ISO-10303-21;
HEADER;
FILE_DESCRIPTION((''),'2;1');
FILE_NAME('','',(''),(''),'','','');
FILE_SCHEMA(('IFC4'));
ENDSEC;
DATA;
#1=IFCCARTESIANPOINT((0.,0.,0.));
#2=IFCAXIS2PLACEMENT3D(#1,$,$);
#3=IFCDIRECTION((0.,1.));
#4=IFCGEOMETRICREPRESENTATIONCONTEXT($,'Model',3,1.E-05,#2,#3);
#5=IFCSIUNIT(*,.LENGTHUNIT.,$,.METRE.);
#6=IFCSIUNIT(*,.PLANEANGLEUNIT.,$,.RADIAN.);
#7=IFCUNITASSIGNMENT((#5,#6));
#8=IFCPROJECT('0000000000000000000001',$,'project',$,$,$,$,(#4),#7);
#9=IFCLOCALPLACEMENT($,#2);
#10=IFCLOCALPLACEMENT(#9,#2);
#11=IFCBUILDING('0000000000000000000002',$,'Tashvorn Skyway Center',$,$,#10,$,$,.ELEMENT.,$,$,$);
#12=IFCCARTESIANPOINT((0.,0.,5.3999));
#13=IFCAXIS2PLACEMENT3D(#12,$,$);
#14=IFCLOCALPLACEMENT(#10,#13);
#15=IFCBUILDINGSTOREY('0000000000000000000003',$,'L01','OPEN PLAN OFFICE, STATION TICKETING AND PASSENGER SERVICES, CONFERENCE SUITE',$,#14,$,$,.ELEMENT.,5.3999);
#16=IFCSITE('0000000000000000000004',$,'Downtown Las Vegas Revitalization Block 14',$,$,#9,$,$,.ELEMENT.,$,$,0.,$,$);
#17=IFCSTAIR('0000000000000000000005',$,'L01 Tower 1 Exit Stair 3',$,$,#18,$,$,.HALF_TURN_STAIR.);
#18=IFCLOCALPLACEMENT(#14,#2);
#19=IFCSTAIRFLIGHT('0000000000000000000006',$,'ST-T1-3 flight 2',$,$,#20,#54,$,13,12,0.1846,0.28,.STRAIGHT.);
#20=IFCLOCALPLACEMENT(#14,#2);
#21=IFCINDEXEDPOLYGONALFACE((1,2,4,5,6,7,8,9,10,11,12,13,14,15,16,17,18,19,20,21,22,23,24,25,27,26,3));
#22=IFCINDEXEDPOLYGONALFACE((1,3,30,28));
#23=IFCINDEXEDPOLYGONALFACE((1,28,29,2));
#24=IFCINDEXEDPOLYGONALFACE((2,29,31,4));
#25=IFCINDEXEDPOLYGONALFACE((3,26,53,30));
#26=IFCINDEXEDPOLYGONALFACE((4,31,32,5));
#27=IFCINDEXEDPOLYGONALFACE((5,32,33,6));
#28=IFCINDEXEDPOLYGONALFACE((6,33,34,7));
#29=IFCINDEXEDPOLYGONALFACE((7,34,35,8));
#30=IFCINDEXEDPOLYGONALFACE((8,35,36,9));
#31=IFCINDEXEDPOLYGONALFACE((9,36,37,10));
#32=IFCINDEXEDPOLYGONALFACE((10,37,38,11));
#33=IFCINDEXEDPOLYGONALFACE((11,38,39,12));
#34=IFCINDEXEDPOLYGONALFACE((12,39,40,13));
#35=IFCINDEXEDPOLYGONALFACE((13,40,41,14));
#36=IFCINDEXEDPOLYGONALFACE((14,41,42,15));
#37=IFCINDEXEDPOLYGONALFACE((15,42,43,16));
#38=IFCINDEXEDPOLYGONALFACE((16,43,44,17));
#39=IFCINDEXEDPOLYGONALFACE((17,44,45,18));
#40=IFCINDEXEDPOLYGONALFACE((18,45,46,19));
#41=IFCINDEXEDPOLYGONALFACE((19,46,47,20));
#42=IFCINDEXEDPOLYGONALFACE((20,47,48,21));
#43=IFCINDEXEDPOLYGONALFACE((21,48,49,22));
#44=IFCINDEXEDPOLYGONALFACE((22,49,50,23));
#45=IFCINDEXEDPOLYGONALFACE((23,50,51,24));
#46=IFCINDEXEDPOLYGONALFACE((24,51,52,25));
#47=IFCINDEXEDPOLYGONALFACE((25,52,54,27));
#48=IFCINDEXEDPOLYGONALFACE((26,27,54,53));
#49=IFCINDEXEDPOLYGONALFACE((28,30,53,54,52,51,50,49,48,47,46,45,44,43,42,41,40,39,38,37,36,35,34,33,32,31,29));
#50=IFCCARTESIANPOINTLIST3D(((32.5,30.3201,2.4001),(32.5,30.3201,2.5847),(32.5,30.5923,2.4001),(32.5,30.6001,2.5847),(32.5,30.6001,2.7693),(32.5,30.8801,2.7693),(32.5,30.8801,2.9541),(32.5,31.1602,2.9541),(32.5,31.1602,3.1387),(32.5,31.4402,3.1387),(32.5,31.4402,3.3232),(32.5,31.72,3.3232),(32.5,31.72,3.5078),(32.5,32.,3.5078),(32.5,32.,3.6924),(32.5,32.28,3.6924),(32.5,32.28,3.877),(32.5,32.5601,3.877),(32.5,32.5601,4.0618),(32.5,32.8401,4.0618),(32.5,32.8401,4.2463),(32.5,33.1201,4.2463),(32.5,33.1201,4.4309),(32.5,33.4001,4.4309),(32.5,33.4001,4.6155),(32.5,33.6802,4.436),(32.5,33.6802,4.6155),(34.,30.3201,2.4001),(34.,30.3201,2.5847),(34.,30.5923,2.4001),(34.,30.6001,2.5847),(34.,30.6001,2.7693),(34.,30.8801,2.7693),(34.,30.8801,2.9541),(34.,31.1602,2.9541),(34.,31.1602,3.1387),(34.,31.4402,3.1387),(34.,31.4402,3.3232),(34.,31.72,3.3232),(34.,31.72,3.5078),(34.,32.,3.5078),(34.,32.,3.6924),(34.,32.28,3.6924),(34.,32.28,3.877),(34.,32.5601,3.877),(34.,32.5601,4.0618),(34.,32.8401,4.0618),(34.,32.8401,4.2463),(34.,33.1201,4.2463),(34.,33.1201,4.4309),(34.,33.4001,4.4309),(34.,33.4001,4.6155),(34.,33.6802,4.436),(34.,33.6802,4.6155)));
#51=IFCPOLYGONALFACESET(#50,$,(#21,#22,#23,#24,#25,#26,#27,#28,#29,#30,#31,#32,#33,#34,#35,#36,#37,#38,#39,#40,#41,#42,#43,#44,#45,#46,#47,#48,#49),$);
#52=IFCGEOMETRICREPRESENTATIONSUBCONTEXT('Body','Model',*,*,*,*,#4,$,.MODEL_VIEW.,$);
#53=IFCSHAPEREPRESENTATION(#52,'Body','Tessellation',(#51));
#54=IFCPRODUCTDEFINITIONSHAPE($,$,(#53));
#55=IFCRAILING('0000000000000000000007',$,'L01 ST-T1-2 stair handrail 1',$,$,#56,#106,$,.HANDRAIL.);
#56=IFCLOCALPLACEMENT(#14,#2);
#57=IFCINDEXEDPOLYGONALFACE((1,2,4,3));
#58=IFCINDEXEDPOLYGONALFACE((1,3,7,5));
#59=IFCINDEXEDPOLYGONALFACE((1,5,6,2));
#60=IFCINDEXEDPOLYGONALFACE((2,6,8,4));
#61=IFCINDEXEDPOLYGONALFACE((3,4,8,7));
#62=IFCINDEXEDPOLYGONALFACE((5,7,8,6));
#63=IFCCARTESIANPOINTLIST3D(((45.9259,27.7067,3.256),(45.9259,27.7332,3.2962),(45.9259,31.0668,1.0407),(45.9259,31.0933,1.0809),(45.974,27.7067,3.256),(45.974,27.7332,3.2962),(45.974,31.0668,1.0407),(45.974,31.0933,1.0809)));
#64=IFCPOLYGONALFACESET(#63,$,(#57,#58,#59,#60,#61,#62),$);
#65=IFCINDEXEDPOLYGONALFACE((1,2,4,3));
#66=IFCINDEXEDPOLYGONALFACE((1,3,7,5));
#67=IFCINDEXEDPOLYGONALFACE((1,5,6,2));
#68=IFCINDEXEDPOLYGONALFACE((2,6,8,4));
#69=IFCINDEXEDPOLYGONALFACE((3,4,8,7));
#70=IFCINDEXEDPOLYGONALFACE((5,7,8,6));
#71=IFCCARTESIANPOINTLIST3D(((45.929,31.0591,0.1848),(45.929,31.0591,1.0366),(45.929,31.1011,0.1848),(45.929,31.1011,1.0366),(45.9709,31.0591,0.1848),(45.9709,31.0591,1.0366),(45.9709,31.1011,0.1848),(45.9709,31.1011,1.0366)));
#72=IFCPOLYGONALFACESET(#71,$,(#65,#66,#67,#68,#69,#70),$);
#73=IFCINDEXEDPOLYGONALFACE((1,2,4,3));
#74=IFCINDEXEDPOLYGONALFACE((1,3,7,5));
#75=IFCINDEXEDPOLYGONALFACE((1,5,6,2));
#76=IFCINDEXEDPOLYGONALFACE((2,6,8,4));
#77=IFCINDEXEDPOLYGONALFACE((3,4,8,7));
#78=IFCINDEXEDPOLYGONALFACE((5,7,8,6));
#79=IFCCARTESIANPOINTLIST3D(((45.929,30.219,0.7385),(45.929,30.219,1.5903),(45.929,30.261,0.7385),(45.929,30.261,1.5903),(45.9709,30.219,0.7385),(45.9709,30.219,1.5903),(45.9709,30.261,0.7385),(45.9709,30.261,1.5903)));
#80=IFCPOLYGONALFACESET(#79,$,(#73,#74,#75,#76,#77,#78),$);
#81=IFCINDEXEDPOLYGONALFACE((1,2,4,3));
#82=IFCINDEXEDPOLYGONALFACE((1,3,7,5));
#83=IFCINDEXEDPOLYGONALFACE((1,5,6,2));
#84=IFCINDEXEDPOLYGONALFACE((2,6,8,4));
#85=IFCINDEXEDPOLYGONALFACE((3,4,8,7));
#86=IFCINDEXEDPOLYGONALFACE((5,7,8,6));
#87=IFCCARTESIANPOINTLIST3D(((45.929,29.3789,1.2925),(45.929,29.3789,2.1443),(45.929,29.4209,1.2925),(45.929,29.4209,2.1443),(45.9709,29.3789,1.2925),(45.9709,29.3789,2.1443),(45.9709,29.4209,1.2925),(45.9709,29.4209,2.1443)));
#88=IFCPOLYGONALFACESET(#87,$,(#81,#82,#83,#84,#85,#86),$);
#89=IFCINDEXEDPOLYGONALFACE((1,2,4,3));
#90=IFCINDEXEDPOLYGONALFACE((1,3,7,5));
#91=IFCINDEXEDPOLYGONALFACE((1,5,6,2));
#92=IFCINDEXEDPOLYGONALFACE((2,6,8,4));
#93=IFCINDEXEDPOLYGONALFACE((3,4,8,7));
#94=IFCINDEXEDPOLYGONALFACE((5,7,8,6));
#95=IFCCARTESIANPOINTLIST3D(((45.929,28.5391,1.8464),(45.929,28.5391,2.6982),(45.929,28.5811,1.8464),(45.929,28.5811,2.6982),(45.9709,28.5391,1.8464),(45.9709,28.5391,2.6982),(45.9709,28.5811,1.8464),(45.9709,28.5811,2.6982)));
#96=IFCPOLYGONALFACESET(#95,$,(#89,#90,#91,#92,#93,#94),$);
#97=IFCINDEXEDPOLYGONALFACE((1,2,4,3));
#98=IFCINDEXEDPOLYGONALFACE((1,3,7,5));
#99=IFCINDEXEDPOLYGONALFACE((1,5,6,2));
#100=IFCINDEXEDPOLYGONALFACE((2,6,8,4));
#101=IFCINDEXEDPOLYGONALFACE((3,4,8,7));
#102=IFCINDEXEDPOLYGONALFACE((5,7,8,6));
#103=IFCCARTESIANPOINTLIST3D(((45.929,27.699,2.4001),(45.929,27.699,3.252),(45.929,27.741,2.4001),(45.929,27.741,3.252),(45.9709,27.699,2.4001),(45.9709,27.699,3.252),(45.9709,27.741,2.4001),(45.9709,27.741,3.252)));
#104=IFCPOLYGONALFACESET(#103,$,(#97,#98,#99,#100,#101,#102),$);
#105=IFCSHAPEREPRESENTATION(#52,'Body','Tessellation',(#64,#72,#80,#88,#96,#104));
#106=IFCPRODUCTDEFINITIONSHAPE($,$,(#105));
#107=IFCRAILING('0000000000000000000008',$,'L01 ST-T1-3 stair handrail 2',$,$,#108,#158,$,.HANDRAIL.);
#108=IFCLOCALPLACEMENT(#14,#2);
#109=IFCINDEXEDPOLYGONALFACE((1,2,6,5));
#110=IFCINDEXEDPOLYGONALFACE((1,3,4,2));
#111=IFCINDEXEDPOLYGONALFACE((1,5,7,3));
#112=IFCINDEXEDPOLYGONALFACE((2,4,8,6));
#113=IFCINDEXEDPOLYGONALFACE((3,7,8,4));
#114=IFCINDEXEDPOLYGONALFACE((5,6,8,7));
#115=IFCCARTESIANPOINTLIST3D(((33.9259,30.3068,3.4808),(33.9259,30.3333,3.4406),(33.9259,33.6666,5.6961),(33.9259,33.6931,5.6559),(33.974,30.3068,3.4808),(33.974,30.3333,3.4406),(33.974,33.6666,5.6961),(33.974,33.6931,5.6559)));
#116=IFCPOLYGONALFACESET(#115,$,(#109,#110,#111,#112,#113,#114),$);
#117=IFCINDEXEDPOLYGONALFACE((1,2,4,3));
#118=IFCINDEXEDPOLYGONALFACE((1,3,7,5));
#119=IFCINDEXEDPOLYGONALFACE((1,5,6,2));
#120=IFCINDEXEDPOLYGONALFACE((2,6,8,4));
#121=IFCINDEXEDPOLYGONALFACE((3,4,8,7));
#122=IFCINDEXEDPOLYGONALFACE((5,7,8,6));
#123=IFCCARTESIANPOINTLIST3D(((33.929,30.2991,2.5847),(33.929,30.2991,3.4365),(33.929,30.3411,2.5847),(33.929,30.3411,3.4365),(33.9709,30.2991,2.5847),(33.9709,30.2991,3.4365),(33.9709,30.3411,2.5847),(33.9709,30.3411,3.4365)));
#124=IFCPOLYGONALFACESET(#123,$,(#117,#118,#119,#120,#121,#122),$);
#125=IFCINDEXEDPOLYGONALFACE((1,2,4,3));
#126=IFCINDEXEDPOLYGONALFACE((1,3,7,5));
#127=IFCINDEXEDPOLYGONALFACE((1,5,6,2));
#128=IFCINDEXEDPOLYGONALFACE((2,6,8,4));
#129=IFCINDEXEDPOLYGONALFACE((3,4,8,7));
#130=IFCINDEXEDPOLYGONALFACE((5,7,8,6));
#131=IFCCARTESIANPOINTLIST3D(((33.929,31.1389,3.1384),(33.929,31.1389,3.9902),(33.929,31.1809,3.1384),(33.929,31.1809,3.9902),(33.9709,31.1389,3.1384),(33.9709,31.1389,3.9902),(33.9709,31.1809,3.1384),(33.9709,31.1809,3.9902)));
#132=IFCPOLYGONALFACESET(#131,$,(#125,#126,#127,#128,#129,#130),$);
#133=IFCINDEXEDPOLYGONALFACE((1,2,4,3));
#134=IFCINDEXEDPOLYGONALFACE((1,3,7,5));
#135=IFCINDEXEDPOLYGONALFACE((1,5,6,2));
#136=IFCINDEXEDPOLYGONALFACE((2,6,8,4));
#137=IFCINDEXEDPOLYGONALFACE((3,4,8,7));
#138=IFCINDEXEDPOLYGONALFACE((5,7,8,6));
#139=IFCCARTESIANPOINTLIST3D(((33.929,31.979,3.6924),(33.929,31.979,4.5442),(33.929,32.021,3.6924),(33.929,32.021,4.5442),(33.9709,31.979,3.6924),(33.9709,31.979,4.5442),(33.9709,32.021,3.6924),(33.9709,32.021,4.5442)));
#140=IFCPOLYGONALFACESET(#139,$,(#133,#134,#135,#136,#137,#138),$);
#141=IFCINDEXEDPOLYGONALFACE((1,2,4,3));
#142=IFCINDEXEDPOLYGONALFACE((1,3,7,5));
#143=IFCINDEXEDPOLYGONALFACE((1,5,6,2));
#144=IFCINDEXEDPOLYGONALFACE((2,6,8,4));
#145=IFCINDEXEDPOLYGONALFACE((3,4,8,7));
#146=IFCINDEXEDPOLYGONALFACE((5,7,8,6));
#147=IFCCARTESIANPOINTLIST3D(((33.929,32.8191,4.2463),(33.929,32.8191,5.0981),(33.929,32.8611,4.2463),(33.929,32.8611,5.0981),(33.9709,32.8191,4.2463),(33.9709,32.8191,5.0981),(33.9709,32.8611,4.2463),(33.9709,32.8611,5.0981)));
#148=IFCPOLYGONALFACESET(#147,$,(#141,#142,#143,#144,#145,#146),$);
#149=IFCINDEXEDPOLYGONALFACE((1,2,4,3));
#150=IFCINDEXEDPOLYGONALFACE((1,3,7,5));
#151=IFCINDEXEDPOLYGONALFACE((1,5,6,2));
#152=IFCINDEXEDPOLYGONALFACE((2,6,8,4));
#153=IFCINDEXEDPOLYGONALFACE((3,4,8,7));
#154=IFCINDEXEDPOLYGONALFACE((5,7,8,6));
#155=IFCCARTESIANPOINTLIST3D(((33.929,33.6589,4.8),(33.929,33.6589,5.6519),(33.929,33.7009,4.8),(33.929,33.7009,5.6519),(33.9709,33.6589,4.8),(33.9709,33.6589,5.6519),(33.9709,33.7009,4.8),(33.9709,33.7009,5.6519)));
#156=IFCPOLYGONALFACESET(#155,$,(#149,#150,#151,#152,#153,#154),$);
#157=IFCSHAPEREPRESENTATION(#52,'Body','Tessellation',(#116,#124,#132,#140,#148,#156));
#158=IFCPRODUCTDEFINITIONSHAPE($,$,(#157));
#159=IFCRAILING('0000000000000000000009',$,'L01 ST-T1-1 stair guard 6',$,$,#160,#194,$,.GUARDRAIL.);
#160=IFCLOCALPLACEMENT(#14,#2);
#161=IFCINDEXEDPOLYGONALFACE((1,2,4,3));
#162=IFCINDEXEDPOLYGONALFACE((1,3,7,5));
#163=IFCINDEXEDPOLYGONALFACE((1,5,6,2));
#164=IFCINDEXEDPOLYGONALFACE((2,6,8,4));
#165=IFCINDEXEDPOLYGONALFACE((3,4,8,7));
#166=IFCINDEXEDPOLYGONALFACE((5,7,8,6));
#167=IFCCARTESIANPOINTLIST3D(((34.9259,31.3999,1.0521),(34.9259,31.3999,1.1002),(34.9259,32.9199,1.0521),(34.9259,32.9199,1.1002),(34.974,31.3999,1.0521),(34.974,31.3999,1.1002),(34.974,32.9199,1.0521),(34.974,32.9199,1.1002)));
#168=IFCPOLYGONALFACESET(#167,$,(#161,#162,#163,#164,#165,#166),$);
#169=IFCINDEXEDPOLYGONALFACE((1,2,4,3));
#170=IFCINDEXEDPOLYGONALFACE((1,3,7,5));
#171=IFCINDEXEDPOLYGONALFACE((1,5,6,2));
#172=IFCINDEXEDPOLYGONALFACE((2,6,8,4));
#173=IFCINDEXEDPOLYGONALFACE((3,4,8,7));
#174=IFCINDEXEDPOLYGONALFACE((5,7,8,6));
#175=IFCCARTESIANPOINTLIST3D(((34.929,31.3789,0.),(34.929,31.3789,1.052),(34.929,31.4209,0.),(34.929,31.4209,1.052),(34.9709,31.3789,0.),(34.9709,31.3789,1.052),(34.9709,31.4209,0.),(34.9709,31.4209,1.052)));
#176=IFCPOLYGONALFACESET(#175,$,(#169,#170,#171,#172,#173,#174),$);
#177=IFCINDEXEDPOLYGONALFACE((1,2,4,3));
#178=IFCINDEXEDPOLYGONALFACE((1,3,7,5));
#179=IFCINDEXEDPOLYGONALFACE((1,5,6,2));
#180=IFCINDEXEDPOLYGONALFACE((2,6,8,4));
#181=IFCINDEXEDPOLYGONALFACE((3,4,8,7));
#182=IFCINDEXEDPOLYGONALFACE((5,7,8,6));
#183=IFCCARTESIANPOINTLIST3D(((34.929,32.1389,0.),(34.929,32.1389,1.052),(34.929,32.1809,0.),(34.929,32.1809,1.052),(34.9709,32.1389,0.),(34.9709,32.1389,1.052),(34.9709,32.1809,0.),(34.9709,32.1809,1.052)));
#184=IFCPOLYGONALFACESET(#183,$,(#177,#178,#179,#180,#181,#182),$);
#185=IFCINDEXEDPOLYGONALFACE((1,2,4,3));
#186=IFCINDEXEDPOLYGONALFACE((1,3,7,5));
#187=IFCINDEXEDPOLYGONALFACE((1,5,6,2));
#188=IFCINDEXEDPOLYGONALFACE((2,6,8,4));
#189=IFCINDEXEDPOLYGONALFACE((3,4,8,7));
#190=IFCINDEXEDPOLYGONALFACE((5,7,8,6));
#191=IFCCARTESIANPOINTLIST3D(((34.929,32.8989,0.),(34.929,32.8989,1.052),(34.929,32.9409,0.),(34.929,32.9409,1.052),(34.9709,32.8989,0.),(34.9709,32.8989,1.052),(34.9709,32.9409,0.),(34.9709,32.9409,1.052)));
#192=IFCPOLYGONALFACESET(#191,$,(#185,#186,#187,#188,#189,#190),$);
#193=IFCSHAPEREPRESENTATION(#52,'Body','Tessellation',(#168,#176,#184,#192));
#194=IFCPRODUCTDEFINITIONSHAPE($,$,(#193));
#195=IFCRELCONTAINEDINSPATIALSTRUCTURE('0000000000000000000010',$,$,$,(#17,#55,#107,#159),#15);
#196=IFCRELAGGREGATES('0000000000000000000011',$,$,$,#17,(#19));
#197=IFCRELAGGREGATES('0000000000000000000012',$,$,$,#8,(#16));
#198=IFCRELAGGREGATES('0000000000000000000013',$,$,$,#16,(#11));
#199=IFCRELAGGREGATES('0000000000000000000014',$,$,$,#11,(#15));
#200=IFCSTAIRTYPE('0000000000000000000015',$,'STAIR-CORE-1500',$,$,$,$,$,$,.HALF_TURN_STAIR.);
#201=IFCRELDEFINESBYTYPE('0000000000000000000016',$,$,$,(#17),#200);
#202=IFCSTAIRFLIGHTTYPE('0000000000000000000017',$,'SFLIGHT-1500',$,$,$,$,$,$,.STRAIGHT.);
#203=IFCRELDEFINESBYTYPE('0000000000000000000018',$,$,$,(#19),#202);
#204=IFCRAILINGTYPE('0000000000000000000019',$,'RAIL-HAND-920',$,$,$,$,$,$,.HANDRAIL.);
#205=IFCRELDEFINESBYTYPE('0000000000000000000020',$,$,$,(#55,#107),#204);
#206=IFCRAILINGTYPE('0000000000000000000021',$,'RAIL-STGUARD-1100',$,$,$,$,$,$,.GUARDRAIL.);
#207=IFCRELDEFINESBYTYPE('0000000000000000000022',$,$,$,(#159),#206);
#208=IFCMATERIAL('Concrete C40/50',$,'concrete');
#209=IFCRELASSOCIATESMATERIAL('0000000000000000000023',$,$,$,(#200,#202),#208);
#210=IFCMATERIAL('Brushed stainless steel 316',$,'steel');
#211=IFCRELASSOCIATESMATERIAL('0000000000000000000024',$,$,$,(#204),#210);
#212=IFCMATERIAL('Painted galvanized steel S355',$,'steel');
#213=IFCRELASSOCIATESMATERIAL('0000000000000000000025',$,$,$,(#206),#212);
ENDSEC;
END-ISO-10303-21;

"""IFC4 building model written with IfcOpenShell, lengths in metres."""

from ifc_helpers import new_model, si_unit, direction, frame, origin, origin_2d, place, context, subcontext, project, spatial, polyline, rectangle, outline, extrude, material, type_object, element, aggregate, save


model = new_model("IFC4")

# Units and contexts
model_context = context("Model", 3, precision=1e-05, world=origin(), true_north=direction((0.0, 1.0)))
body_context = subcontext(model_context, "Body", "Model", "MODEL_VIEW")
ifc_project = project(units=[si_unit("LENGTHUNIT", "METRE"), si_unit("PLANEANGLEUNIT", "RADIAN")], contexts=[model_context])

# Site, building, storey
site_placement = place(None, origin())
site = spatial("IfcSite", under=ifc_project, at=site_placement, Name="Downtown Las Vegas Revitalization Block 14", CompositionType="ELEMENT", RefElevation=0.0)
building_placement = place(site_placement, origin())
building = spatial("IfcBuilding", under=site, at=building_placement, Name="Tashvorn Skyway Center", CompositionType="ELEMENT")
storey_placement = place(building_placement, frame((0.0, 0.0, 5.3999)))
storey = spatial("IfcBuildingStorey", under=building, at=storey_placement, Name="L01", Description="OPEN PLAN OFFICE, STATION TICKETING AND PASSENGER SERVICES, CONFERENCE SUITE", CompositionType="ELEMENT", Elevation=5.3999)

# Shared definitions
ifc_material_1 = material(Name="Concrete C40/50", Category="concrete")

# Stair, stair flight
stair_type = type_object("IfcStairType", Name="STAIR-CORE-1500", PredefinedType="HALF_TURN_STAIR", material=ifc_material_1)
stair_flight_type = type_object("IfcStairFlightType", Name="SFLIGHT-1500", PredefinedType="STRAIGHT", material=ifc_material_1)
stair_1_placement = place(storey_placement, origin())
stair_1 = element("IfcStair", 1, at=stair_1_placement, inside=storey, type_object=stair_type, Name="L01 Tower 1 Exit Stair 3", PredefinedType="HALF_TURN_STAIR")
stair_flight_1_placement = place(storey_placement, frame((33.25, 30.3201, 2.4001), z_axis=(0.0, 0.0, 1.0), x_axis=(0.0, 1.0, 0.0)))
stair_flight_1 = element("IfcStairFlight", 2, at=stair_flight_1_placement, type_object=stair_flight_type, Name="ST-T1-3 flight 2", NumberOfRisers=13, NumberOfTreads=12, PredefinedType="STRAIGHT", RiserHeight=0.1846, TreadLength=0.28, context=body_context, shape_type="SweptSolid", body=[
    extrude(outline(polyline([(0.0, 0.0), (0.0, 0.1846), (0.28, 0.1846), (0.28, 0.3691), (0.5601, 0.3691), (0.5601, 0.554), (0.8401, 0.554), (0.8401, 0.7385), (1.1201, 0.7385), (1.1201, 0.9231), (1.3999, 0.9231), (1.3999, 1.1077), (1.6799, 1.1077), (1.6799, 1.2922), (1.96, 1.2922), (1.96, 1.4768), (2.24, 1.4768), (2.24, 1.6616), (2.52, 1.6616), (2.52, 1.8462), (2.8, 1.8462), (2.8, 2.0308), (3.0801, 2.0308), (3.0801, 2.2153), (3.3601, 2.2153), (3.3601, 2.3999), (3.3601, 2.0359), (0.2722, 0.0), (0.0, 0.0)])), frame((0.0, 0.75, 0.0), z_axis=(0.0, -1.0, 0.0), x_axis=(1.0, 0.0, 0.0)), (0.0, 0.0, 1.0), 1.5),
])
aggregate(stair_1, [stair_flight_1])

# Railings
ifc_material_2 = material(Name="Brushed stainless steel 316", Category="steel")
railing_type_1 = type_object("IfcRailingType", Name="RAIL-HAND-920", PredefinedType="HANDRAIL", material=ifc_material_2)
railing_1_placement = place(storey_placement, frame((45.95, 31.0801, 0.1848)))
element("IfcRailing", 3, at=railing_1_placement, inside=storey, type_object=railing_type_1, Name="L01 ST-T1-2 stair handrail 1", PredefinedType="HANDRAIL", context=body_context, shape_type="SweptSolid", body=[
    extrude(rectangle(XDim=0.0481, YDim=0.0481, at=origin_2d()), frame((0.0, 0.0, 0.876), z_axis=(0.0, -0.834876, 0.550437), x_axis=(1.0, 0.0, 0.0)), (0.0, 0.0, 1.0), 4.0247),
    extrude(rectangle(XDim=0.042, YDim=0.042, at=origin_2d()), origin(), (0.0, 0.0, 1.0), 0.8518),
    extrude(rectangle(XDim=0.042, YDim=0.042, at=origin_2d()), frame((0.0, -0.8401, 0.5537)), (0.0, 0.0, 1.0), 0.8518),
    extrude(rectangle(XDim=0.042, YDim=0.042, at=origin_2d()), frame((0.0, -1.6802, 1.1077)), (0.0, 0.0, 1.0), 0.8518),
    extrude(rectangle(XDim=0.042, YDim=0.042, at=origin_2d()), frame((0.0, -2.52, 1.6616)), (0.0, 0.0, 1.0), 0.8518),
    extrude(rectangle(XDim=0.042, YDim=0.042, at=origin_2d()), frame((0.0, -3.3601, 2.2153)), (0.0, 0.0, 1.0), 0.8518),
])
railing_2_placement = place(storey_placement, frame((33.95, 30.3201, 2.5847)))
element("IfcRailing", 4, at=railing_2_placement, inside=storey, type_object=railing_type_1, Name="L01 ST-T1-3 stair handrail 2", PredefinedType="HANDRAIL", context=body_context, shape_type="SweptSolid", body=[
    extrude(rectangle(XDim=0.0481, YDim=0.0481, at=origin_2d()), frame((0.0, 0.0, 0.876), z_axis=(0.0, 0.834858, 0.550465), x_axis=(-1.0, 0.0, 0.0)), (0.0, 0.0, 1.0), 4.0244),
    extrude(rectangle(XDim=0.042, YDim=0.042, at=origin_2d()), origin(), (0.0, 0.0, 1.0), 0.8518),
    extrude(rectangle(XDim=0.042, YDim=0.042, at=origin_2d()), frame((0.0, 0.8398, 0.5537)), (0.0, 0.0, 1.0), 0.8518),
    extrude(rectangle(XDim=0.042, YDim=0.042, at=origin_2d()), frame((0.0, 1.6799, 1.1077)), (0.0, 0.0, 1.0), 0.8518),
    extrude(rectangle(XDim=0.042, YDim=0.042, at=origin_2d()), frame((0.0, 2.52, 1.6616)), (0.0, 0.0, 1.0), 0.8518),
    extrude(rectangle(XDim=0.042, YDim=0.042, at=origin_2d()), frame((0.0, 3.3599, 2.2153)), (0.0, 0.0, 1.0), 0.8518),
])
ifc_material_3 = material(Name="Painted galvanized steel S355", Category="steel")
railing_type_2 = type_object("IfcRailingType", Name="RAIL-STGUARD-1100", PredefinedType="GUARDRAIL", material=ifc_material_3)
railing_3_placement = place(storey_placement, frame((34.95, 31.3999, 0.0)))
element("IfcRailing", 5, at=railing_3_placement, inside=storey, type_object=railing_type_2, Name="L01 ST-T1-1 stair guard 6", PredefinedType="GUARDRAIL", context=body_context, shape_type="SweptSolid", body=[
    extrude(rectangle(XDim=0.0481, YDim=0.0481, at=origin_2d()), frame((0.0, 0.0, 1.0762), z_axis=(0.0, 1.0, 0.0), x_axis=(-1.0, 0.0, 0.0)), (0.0, 0.0, 1.0), 1.52),
    extrude(rectangle(XDim=0.042, YDim=0.042, at=origin_2d()), origin(), (0.0, 0.0, 1.0), 1.052),
    extrude(rectangle(XDim=0.042, YDim=0.042, at=origin_2d()), frame((0.0, 0.76, 0.0)), (0.0, 0.0, 1.0), 1.052),
    extrude(rectangle(XDim=0.042, YDim=0.042, at=origin_2d()), frame((0.0, 1.52, 0.0)), (0.0, 0.0, 1.0), 1.052),
])

save(model, "model.ifc")
